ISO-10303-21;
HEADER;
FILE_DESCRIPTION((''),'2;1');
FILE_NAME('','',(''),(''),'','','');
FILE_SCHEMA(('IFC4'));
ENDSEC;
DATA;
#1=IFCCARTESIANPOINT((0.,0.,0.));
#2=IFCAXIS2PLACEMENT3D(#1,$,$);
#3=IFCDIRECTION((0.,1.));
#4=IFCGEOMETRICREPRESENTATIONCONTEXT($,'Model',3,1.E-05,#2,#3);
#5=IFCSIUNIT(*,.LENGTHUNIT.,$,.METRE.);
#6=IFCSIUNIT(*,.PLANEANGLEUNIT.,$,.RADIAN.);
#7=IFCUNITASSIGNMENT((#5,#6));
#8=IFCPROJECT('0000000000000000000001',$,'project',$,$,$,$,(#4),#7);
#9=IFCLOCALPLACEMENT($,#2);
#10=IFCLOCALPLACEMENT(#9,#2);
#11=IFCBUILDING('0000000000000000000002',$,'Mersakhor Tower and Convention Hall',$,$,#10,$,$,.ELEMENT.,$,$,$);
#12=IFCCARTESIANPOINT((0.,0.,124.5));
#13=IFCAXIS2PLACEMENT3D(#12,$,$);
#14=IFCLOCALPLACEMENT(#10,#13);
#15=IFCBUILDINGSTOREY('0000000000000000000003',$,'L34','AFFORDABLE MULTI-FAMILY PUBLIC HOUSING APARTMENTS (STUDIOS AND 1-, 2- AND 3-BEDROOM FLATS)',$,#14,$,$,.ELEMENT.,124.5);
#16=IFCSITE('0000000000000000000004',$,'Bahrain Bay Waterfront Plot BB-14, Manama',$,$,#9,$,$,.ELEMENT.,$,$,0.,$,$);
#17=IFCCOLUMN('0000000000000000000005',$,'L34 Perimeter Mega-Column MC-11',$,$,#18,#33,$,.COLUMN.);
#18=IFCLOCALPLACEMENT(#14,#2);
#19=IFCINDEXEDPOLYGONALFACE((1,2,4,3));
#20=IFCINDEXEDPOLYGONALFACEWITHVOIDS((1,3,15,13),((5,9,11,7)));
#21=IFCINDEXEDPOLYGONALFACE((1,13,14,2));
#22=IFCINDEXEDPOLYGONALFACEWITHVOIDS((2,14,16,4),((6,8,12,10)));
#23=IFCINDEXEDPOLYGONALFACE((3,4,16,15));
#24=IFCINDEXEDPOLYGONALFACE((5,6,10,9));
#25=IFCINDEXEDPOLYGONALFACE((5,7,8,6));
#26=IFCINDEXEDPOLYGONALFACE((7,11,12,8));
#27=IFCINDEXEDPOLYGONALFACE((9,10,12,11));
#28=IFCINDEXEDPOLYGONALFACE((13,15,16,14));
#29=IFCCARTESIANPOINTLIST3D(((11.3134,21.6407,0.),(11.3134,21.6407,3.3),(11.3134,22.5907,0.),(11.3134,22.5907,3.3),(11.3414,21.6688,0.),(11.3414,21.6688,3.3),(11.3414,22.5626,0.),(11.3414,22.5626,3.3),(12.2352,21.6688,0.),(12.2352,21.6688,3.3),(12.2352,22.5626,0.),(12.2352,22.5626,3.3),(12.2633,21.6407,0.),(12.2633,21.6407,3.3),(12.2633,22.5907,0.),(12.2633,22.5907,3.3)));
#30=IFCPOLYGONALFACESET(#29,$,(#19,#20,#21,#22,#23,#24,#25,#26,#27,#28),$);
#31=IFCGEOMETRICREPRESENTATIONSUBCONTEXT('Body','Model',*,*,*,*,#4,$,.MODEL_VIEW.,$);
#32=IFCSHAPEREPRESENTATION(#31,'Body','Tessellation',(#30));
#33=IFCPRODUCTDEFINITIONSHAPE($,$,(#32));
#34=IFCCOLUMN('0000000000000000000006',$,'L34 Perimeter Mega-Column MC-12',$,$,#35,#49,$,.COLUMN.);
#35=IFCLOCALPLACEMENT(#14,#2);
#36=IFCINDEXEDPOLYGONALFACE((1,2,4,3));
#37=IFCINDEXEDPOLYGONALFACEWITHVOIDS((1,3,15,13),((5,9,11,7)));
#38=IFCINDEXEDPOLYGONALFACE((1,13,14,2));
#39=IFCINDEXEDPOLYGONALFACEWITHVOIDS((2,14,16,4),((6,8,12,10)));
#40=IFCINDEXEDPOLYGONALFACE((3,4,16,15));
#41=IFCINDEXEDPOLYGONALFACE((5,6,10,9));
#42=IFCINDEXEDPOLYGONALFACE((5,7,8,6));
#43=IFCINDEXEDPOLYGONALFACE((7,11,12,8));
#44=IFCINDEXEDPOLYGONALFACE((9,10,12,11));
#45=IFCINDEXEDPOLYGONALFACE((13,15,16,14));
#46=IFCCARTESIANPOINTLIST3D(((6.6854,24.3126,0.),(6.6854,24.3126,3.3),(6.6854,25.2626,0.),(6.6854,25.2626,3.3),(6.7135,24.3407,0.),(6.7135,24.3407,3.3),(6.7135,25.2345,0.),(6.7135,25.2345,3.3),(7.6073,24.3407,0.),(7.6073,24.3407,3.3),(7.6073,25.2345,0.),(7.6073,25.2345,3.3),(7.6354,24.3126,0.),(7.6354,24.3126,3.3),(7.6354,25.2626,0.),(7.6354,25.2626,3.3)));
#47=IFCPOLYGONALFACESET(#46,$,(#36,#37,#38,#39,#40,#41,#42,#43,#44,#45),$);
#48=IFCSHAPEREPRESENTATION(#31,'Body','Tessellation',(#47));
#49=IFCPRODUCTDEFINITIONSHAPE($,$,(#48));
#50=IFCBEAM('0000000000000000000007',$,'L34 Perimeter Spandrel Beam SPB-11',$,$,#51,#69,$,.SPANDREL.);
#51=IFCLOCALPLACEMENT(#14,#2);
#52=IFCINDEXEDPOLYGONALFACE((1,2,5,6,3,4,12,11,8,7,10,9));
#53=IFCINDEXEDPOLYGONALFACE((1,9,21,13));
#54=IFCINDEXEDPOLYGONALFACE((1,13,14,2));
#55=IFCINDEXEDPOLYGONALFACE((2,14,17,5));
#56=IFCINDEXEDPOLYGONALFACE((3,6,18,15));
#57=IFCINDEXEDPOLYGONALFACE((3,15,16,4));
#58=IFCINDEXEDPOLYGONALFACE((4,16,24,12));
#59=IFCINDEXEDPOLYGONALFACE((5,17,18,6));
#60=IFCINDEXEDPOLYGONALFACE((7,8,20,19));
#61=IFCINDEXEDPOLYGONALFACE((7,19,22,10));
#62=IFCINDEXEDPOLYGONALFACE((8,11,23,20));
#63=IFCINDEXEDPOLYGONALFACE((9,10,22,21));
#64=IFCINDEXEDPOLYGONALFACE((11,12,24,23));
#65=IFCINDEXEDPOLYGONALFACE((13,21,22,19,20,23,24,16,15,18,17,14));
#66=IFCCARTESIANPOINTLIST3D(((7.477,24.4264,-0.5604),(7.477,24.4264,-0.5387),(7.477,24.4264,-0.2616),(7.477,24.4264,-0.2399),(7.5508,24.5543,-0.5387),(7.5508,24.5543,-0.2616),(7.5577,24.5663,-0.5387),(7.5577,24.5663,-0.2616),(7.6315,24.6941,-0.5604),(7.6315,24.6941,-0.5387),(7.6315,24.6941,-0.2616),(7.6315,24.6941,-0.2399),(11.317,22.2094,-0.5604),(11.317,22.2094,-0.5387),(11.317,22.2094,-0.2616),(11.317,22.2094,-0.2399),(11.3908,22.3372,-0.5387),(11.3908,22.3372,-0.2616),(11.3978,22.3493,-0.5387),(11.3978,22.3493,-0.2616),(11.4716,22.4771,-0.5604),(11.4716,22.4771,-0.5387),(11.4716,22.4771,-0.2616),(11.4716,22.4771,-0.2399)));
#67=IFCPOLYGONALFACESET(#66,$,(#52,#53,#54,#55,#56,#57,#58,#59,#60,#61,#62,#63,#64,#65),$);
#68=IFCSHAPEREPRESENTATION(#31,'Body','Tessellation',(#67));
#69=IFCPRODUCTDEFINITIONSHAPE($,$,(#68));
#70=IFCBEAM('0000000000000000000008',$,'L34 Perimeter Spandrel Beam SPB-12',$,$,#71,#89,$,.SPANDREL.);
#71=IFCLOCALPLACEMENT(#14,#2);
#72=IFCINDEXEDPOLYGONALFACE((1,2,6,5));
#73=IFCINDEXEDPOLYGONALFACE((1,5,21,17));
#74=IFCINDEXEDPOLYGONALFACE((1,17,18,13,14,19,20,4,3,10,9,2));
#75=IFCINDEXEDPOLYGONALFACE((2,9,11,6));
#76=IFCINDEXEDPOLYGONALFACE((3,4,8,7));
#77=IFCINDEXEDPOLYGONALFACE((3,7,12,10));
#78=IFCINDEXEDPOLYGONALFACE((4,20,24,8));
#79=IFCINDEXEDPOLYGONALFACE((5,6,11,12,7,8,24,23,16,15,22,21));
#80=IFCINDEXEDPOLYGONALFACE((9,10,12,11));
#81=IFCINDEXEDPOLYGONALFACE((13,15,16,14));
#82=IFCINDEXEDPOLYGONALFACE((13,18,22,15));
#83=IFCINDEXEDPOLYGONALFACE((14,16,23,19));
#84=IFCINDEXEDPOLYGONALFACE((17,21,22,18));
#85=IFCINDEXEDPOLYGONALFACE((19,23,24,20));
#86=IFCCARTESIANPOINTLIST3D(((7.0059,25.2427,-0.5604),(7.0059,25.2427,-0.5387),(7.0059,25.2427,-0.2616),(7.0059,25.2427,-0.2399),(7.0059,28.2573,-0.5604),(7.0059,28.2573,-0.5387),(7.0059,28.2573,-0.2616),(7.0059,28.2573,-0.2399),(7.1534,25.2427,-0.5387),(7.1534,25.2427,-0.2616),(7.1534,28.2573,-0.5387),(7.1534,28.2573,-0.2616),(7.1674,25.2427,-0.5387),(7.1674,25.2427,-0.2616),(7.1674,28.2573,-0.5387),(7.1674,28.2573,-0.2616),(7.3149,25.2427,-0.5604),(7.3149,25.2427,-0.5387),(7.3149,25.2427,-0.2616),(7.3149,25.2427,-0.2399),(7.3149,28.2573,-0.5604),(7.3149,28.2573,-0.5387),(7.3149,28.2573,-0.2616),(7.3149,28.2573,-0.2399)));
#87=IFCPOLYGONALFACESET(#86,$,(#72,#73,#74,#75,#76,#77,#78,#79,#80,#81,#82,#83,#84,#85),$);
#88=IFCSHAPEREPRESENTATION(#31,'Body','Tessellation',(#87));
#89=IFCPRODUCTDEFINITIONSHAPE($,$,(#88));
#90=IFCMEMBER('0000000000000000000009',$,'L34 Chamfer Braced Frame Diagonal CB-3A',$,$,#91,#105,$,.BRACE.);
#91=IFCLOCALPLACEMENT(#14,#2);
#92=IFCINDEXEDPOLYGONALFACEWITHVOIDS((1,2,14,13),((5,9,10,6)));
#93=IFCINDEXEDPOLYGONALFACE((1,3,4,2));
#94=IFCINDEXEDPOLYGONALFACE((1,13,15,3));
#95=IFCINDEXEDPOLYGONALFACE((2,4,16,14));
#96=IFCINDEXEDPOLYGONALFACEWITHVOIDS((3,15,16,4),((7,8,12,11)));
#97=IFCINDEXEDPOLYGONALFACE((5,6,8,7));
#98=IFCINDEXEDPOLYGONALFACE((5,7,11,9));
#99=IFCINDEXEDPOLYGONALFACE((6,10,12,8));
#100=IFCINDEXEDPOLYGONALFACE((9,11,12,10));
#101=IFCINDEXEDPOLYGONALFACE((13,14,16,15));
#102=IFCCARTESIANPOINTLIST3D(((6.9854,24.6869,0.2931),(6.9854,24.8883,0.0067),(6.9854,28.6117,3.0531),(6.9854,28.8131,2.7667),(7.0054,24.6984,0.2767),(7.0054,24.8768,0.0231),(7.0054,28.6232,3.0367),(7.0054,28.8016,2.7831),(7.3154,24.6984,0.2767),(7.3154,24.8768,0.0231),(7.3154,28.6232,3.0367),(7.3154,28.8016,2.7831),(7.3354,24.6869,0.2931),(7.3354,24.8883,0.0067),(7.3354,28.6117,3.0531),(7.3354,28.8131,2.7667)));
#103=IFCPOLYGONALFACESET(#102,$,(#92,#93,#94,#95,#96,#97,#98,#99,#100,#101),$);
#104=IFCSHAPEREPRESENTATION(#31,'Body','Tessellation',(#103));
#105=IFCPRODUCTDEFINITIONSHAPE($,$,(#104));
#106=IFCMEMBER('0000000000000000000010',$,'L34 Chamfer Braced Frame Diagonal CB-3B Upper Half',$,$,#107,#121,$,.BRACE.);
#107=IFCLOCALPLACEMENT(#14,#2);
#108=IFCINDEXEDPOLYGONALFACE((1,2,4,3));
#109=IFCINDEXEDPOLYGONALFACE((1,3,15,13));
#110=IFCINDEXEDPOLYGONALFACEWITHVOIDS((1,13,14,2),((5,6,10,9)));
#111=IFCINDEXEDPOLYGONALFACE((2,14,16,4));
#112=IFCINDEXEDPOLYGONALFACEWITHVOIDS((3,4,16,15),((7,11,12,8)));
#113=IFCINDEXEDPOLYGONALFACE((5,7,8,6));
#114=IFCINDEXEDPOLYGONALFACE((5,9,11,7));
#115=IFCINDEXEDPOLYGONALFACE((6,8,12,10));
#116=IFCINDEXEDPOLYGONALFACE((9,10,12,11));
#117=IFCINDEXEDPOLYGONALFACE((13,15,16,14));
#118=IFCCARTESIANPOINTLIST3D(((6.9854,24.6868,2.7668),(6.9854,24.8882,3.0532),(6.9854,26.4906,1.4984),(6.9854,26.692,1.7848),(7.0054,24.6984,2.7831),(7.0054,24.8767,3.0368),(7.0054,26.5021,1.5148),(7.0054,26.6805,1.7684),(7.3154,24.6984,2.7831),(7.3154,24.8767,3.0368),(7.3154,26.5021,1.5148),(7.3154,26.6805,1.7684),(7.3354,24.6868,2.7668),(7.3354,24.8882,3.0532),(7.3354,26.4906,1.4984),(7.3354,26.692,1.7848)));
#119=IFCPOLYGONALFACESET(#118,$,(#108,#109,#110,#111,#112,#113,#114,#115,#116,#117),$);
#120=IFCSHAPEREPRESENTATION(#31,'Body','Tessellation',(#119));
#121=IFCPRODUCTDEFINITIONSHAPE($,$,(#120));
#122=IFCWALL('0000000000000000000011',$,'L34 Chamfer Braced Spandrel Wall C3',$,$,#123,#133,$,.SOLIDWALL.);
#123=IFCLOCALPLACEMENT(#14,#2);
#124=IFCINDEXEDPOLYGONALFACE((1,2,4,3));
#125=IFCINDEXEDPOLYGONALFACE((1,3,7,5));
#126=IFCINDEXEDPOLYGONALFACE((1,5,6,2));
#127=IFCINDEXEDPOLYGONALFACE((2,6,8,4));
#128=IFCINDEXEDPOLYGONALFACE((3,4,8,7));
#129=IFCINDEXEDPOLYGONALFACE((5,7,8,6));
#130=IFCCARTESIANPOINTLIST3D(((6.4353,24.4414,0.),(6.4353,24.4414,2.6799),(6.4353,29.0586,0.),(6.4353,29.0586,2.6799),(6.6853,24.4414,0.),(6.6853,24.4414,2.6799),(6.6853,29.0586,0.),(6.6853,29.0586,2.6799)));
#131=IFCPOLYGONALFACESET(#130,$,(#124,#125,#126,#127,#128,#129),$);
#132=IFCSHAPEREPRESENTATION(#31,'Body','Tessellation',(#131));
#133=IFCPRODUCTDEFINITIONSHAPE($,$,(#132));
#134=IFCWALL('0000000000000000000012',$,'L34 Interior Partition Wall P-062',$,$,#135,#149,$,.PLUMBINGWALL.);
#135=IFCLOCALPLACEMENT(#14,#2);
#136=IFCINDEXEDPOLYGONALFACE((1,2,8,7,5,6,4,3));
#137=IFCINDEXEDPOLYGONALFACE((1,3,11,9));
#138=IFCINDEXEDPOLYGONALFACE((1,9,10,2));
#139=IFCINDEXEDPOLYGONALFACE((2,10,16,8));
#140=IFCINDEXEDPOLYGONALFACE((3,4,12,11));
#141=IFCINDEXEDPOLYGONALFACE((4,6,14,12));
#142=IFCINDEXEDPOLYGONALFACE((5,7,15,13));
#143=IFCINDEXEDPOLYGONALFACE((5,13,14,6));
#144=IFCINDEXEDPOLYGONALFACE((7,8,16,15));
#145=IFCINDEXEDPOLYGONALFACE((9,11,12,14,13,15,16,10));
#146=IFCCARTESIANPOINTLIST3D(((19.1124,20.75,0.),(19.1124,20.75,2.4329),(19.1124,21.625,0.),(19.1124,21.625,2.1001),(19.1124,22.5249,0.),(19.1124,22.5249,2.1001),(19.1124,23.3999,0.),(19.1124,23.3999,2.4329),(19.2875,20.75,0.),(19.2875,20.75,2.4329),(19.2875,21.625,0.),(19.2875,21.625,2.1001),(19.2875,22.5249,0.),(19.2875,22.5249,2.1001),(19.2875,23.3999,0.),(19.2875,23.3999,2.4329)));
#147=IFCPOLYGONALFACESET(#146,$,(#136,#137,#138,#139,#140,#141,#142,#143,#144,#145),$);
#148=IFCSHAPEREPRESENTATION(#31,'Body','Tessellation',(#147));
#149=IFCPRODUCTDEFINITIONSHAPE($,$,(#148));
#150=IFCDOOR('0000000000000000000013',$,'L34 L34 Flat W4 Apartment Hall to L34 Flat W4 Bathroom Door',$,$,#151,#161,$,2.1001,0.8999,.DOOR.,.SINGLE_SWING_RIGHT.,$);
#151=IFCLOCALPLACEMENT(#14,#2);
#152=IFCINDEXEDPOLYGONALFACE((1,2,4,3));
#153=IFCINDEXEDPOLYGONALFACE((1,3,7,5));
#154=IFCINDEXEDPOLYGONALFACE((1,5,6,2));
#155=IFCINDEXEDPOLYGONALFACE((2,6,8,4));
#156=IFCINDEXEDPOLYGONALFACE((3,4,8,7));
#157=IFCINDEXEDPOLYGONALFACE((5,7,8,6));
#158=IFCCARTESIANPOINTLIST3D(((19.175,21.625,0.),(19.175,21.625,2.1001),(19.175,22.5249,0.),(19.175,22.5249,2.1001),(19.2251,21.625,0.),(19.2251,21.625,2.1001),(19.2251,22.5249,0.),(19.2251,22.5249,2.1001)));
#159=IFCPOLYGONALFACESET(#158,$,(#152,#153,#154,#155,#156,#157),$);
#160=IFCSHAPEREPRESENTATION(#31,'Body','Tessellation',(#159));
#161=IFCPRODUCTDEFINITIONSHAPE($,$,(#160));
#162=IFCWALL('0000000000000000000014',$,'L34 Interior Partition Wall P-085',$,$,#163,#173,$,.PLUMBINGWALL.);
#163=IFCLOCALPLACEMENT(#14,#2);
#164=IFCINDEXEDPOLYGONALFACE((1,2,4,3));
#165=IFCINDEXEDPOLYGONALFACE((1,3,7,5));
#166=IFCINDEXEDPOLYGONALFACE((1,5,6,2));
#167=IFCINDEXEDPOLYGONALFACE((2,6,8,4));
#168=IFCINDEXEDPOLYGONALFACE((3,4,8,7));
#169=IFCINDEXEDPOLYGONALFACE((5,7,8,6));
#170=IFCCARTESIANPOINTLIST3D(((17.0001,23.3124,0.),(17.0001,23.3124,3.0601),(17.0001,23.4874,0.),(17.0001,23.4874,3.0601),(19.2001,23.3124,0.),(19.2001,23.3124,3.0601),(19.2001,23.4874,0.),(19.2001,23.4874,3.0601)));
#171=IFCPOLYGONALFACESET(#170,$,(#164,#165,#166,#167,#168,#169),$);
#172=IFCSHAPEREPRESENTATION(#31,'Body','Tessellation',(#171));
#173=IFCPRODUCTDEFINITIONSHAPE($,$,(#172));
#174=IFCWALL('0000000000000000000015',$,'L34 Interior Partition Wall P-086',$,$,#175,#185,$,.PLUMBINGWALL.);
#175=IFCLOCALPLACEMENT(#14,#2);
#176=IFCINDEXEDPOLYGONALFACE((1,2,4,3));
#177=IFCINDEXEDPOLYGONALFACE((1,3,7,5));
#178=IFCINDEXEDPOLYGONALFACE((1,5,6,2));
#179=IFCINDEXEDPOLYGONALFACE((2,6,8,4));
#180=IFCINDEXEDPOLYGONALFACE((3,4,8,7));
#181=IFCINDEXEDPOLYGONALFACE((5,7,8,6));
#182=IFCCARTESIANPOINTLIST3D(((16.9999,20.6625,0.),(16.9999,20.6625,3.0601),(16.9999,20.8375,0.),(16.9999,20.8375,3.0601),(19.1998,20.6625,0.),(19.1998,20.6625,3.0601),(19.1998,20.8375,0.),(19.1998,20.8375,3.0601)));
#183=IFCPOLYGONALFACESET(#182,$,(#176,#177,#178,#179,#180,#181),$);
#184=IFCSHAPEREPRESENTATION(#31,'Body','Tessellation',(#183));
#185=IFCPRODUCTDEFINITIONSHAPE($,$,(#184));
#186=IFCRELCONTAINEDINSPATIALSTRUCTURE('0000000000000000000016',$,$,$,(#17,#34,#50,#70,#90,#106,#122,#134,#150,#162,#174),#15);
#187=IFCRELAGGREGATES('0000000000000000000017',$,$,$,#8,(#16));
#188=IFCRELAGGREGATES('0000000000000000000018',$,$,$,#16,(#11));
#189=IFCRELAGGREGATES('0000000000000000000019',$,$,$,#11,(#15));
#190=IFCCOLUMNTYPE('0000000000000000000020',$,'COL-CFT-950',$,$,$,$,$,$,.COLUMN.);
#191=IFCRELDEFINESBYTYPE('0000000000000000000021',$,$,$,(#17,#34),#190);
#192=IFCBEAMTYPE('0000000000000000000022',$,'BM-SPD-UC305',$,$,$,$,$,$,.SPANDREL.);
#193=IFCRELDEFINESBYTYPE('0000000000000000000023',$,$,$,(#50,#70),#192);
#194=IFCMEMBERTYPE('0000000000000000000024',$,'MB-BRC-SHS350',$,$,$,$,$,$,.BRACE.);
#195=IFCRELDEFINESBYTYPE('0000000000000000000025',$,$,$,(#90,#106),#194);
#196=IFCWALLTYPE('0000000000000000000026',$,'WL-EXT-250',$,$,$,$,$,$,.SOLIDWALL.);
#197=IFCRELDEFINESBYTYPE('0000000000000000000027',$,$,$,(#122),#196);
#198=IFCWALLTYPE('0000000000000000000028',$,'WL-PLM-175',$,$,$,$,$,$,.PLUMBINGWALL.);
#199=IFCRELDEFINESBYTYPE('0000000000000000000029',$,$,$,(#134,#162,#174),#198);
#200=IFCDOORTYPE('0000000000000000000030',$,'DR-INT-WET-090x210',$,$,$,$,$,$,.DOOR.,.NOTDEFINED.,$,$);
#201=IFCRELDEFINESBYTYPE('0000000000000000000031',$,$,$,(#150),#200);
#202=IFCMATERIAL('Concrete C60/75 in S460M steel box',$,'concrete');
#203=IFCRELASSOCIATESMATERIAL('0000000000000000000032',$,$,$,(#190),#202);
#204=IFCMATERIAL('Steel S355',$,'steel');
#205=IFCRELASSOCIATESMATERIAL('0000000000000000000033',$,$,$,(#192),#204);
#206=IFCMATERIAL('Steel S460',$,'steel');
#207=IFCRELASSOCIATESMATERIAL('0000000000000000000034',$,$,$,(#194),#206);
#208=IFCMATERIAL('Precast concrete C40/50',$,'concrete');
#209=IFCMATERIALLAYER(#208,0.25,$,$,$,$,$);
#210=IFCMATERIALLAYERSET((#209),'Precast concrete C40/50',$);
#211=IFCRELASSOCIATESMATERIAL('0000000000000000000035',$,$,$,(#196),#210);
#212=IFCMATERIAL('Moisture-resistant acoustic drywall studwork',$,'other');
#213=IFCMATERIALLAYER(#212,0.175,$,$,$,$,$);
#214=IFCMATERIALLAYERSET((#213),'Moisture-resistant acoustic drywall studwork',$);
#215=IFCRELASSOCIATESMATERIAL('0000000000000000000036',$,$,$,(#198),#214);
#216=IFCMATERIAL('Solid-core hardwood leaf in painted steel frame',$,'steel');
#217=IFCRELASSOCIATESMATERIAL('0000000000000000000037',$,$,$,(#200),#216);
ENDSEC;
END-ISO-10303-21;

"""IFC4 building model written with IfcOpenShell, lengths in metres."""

from ifc_helpers import new_model, si_unit, direction, frame, frame_2d, origin, origin_2d, place, context, subcontext, project, spatial, rectangle, hollow_rectangle, i_section, extrude, material, layer, layer_set, material_profile, profile_set, type_object, element, fill, save


model = new_model("IFC4")

# Units and contexts
model_context = context("Model", 3, precision=1e-05, world=origin(), true_north=direction((0.0, 1.0)))
body_context = subcontext(model_context, "Body", "Model", "MODEL_VIEW")
ifc_project = project(units=[si_unit("LENGTHUNIT", "METRE"), si_unit("PLANEANGLEUNIT", "RADIAN")], contexts=[model_context])

# Site, building, storey
site_placement = place(None, origin())
site = spatial("IfcSite", under=ifc_project, at=site_placement, Name="Bahrain Bay Waterfront Plot BB-14, Manama", CompositionType="ELEMENT", RefElevation=0.0)
building_placement = place(site_placement, origin())
building = spatial("IfcBuilding", under=site, at=building_placement, Name="Mersakhor Tower and Convention Hall", CompositionType="ELEMENT")
storey_placement = place(building_placement, frame((0.0, 0.0, 124.5)))
storey = spatial("IfcBuildingStorey", under=building, at=storey_placement, Name="L34", Description="AFFORDABLE MULTI-FAMILY PUBLIC HOUSING APARTMENTS (STUDIOS AND 1-, 2- AND 3-BEDROOM FLATS)", CompositionType="ELEMENT", Elevation=124.5)

# Columns
ifc_material_1 = material(Name="Concrete C60/75 in S460M steel box", Category="concrete")
ifc_material_profile_1 = material_profile(ifc_material_1, hollow_rectangle(XDim=0.95, YDim=0.95, WallThickness=0.0281, at=origin_2d()), Name="SHS 950x950x28")
ifc_profile_set_1 = profile_set([ifc_material_profile_1], Name="Concrete C60/75 in S460M steel box")
column_type = type_object("IfcColumnType", Name="COL-CFT-950", PredefinedType="COLUMN", material=ifc_profile_set_1)
for number, where, z_axis, x_axis, name in (
    (1, (11.7883, 22.1157, 0.0), (0.0, 0.0, 1.0), (1.0, 0.0, 0.0), "L34 Perimeter Mega-Column MC-11"),
    (2, (7.1604, 24.7876, 0.0), (0.0, 0.0, 1.0), (1.0, 0.0, 0.0), "L34 Perimeter Mega-Column MC-12"),
):
    element("IfcColumn", number, at=place(storey_placement, frame(where, z_axis=z_axis, x_axis=x_axis)), inside=storey, type_object=column_type, Name=name, PredefinedType="COLUMN", context=body_context, shape_type="SweptSolid", body=[
        extrude(hollow_rectangle(XDim=0.95, YDim=0.95, WallThickness=0.0281, at=origin_2d()), origin(), (0.0, 0.0, 1.0), 3.3),
    ])

# Beams
ifc_material_2 = material(Name="Steel S355", Category="steel")
ifc_material_profile_2 = material_profile(ifc_material_2, i_section(OverallWidth=0.3091, OverallDepth=0.3206, WebThickness=0.0139, FlangeThickness=0.0217, at=origin_2d()), Name="UC 305x305x137")
ifc_profile_set_2 = profile_set([ifc_material_profile_2], Name="Steel S355")
beam_type = type_object("IfcBeamType", Name="BM-SPD-UC305", PredefinedType="SPANDREL", material=ifc_profile_set_2)
beam_1_placement = place(storey_placement, frame((11.3943, 22.3433, -0.4001), z_axis=(-0.866029, 0.499994, 0.0), x_axis=(-0.499994, -0.866029, 0.0)))
element("IfcBeam", 3, at=beam_1_placement, inside=storey, type_object=beam_type, Name="L34 Perimeter Spandrel Beam SPB-11", PredefinedType="SPANDREL", context=body_context, shape_type="SweptSolid", body=[
    extrude(i_section(OverallWidth=0.3091, OverallDepth=0.3206, WebThickness=0.0139, FlangeThickness=0.0217, at=origin_2d()), origin(), (0.0, 0.0, 1.0), 4.4341),
])
beam_2_placement = place(storey_placement, frame((7.1604, 25.2427, -0.4001), z_axis=(0.0, 1.0, 0.0), x_axis=(-1.0, 0.0, 0.0)))
element("IfcBeam", 4, at=beam_2_placement, inside=storey, type_object=beam_type, Name="L34 Perimeter Spandrel Beam SPB-12", PredefinedType="SPANDREL", context=body_context, shape_type="SweptSolid", body=[
    extrude(i_section(OverallWidth=0.3091, OverallDepth=0.3206, WebThickness=0.0139, FlangeThickness=0.0217, at=origin_2d()), origin(), (0.0, 0.0, 1.0), 3.0146),
])

# Members
ifc_material_3 = material(Name="Steel S460", Category="steel")
ifc_material_profile_3 = material_profile(ifc_material_3, hollow_rectangle(XDim=0.3501, YDim=0.3501, WallThickness=0.02, at=origin_2d()), Name="SHS 350x350x20")
ifc_profile_set_3 = profile_set([ifc_material_profile_3], Name="Steel S460")
member_type = type_object("IfcMemberType", Name="MB-BRC-SHS350", PredefinedType="BRACE", material=ifc_profile_set_3)
member_1_placement = place(storey_placement, frame((7.1604, 24.7876, 0.1499), z_axis=(0.0, 0.817992, 0.57523), x_axis=(-1.0, 0.0, 0.0)))
element("IfcMember", 5, at=member_1_placement, inside=storey, type_object=member_type, Name="L34 Chamfer Braced Frame Diagonal CB-3A", PredefinedType="BRACE", context=body_context, shape_type="SweptSolid", body=[
    extrude(hollow_rectangle(XDim=0.3501, YDim=0.3501, WallThickness=0.02, at=origin_2d()), origin(), (0.0, 0.0, 1.0), 4.7981),
])
member_2_placement = place(storey_placement, frame((7.1604, 26.5913, 1.6416), z_axis=(0.0, -0.818013, 0.5752), x_axis=(1.0, 0.0, 0.0)))
element("IfcMember", 6, at=member_2_placement, inside=storey, type_object=member_type, Name="L34 Chamfer Braced Frame Diagonal CB-3B Upper Half", PredefinedType="BRACE", context=body_context, shape_type="SweptSolid", body=[
    extrude(hollow_rectangle(XDim=0.3501, YDim=0.3501, WallThickness=0.02, at=origin_2d()), origin(), (0.0, 0.0, 1.0), 2.2051),
])

# Wall
ifc_material_4 = material(Name="Precast concrete C40/50", Category="concrete")
ifc_layer_1 = layer(ifc_material_4, 0.25)
ifc_layer_set_1 = layer_set([ifc_layer_1], Name="Precast concrete C40/50")
wall_type_1 = type_object("IfcWallType", Name="WL-EXT-250", PredefinedType="SOLIDWALL", material=ifc_layer_set_1)
wall_1_placement = place(storey_placement, frame((6.5603, 24.4414, 0.0), z_axis=(0.0, 0.0, 1.0), x_axis=(0.0, 1.0, 0.0)))
element("IfcWall", 7, at=wall_1_placement, inside=storey, type_object=wall_type_1, Name="L34 Chamfer Braced Spandrel Wall C3", PredefinedType="SOLIDWALL", context=body_context, shape_type="SweptSolid", body=[
    extrude(rectangle(XDim=4.6172, YDim=0.25, at=frame_2d((2.3086, 0.0))), origin(), (0.0, 0.0, 1.0), 2.6799),
])

# Wall, opening, door
ifc_material_5 = material(Name="Moisture-resistant acoustic drywall studwork", Category="other")
ifc_layer_2 = layer(ifc_material_5, 0.175)
ifc_layer_set_2 = layer_set([ifc_layer_2], Name="Moisture-resistant acoustic drywall studwork")
wall_type_2 = type_object("IfcWallType", Name="WL-PLM-175", PredefinedType="PLUMBINGWALL", material=ifc_layer_set_2)
wall_2_placement = place(storey_placement, frame((19.2, 20.75, 0.0), z_axis=(0.0, 0.0, 1.0), x_axis=(0.0, 1.0, 0.0)))
wall_2 = element("IfcWall", 8, at=wall_2_placement, inside=storey, type_object=wall_type_2, Name="L34 Interior Partition Wall P-062", PredefinedType="PLUMBINGWALL", context=body_context, shape_type="SweptSolid", body=[
    extrude(rectangle(XDim=2.6499, YDim=0.175, at=frame_2d((1.325, 0.0))), origin(), (0.0, 0.0, 1.0), 2.4329),
])
opening_1_placement = place(wall_2_placement, frame((0.875, 0.0, 0.0)))
opening_1 = element("IfcOpeningElement", 9, at=opening_1_placement, cuts=wall_2, PredefinedType="OPENING", context=body_context, shape_type="SweptSolid", body=[
    extrude(rectangle(XDim=0.8999, YDim=2.1001, at=frame_2d((0.45, 1.05))), frame((0.0, 0.0974, 0.0), z_axis=(0.0, -1.0, 0.0), x_axis=(1.0, 0.0, 0.0)), (0.0, 0.0, 1.0), 0.1951),
])
ifc_material_6 = material(Name="Solid-core hardwood leaf in painted steel frame", Category="steel")
door_type_1 = type_object("IfcDoorType", Name="DR-INT-WET-090x210", OperationType="NOTDEFINED", PredefinedType="DOOR", material=ifc_material_6)
door_1_placement = place(opening_1_placement, origin())
door_1 = element("IfcDoor", 10, at=door_1_placement, inside=storey, type_object=door_type_1, Name="L34 L34 Flat W4 Apartment Hall to L34 Flat W4 Bathroom Door", OperationType="SINGLE_SWING_RIGHT", OverallHeight=2.1001, OverallWidth=0.8999, PredefinedType="DOOR", context=body_context, shape_type="SweptSolid", body=[
    extrude(rectangle(XDim=0.8999, YDim=2.1001, at=frame_2d((0.45, 1.05))), frame((0.0, 0.0249, 0.0), z_axis=(0.0, -1.0, 0.0), x_axis=(1.0, 0.0, 0.0)), (0.0, 0.0, 1.0), 0.05),
])
fill(opening_1, door_1)

# Walls
for number, where, z_axis, x_axis, name in (
    (11, (17.0, 23.3999, 0.0), (0.0, 0.0, 1.0), (1.0, 0.0, 0.0), "L34 Interior Partition Wall P-085"),
    (12, (19.2, 20.75, 0.0), (0.0, 0.0, 1.0), (-1.0, 0.0, 0.0), "L34 Interior Partition Wall P-086"),
):
    element("IfcWall", number, at=place(storey_placement, frame(where, z_axis=z_axis, x_axis=x_axis)), inside=storey, type_object=wall_type_2, Name=name, PredefinedType="PLUMBINGWALL", context=body_context, shape_type="SweptSolid", body=[
        extrude(rectangle(XDim=2.2, YDim=0.175, at=frame_2d((1.1001, 0.0))), origin(), (0.0, 0.0, 1.0), 3.0601),
    ])

save(model, "model.ifc")
